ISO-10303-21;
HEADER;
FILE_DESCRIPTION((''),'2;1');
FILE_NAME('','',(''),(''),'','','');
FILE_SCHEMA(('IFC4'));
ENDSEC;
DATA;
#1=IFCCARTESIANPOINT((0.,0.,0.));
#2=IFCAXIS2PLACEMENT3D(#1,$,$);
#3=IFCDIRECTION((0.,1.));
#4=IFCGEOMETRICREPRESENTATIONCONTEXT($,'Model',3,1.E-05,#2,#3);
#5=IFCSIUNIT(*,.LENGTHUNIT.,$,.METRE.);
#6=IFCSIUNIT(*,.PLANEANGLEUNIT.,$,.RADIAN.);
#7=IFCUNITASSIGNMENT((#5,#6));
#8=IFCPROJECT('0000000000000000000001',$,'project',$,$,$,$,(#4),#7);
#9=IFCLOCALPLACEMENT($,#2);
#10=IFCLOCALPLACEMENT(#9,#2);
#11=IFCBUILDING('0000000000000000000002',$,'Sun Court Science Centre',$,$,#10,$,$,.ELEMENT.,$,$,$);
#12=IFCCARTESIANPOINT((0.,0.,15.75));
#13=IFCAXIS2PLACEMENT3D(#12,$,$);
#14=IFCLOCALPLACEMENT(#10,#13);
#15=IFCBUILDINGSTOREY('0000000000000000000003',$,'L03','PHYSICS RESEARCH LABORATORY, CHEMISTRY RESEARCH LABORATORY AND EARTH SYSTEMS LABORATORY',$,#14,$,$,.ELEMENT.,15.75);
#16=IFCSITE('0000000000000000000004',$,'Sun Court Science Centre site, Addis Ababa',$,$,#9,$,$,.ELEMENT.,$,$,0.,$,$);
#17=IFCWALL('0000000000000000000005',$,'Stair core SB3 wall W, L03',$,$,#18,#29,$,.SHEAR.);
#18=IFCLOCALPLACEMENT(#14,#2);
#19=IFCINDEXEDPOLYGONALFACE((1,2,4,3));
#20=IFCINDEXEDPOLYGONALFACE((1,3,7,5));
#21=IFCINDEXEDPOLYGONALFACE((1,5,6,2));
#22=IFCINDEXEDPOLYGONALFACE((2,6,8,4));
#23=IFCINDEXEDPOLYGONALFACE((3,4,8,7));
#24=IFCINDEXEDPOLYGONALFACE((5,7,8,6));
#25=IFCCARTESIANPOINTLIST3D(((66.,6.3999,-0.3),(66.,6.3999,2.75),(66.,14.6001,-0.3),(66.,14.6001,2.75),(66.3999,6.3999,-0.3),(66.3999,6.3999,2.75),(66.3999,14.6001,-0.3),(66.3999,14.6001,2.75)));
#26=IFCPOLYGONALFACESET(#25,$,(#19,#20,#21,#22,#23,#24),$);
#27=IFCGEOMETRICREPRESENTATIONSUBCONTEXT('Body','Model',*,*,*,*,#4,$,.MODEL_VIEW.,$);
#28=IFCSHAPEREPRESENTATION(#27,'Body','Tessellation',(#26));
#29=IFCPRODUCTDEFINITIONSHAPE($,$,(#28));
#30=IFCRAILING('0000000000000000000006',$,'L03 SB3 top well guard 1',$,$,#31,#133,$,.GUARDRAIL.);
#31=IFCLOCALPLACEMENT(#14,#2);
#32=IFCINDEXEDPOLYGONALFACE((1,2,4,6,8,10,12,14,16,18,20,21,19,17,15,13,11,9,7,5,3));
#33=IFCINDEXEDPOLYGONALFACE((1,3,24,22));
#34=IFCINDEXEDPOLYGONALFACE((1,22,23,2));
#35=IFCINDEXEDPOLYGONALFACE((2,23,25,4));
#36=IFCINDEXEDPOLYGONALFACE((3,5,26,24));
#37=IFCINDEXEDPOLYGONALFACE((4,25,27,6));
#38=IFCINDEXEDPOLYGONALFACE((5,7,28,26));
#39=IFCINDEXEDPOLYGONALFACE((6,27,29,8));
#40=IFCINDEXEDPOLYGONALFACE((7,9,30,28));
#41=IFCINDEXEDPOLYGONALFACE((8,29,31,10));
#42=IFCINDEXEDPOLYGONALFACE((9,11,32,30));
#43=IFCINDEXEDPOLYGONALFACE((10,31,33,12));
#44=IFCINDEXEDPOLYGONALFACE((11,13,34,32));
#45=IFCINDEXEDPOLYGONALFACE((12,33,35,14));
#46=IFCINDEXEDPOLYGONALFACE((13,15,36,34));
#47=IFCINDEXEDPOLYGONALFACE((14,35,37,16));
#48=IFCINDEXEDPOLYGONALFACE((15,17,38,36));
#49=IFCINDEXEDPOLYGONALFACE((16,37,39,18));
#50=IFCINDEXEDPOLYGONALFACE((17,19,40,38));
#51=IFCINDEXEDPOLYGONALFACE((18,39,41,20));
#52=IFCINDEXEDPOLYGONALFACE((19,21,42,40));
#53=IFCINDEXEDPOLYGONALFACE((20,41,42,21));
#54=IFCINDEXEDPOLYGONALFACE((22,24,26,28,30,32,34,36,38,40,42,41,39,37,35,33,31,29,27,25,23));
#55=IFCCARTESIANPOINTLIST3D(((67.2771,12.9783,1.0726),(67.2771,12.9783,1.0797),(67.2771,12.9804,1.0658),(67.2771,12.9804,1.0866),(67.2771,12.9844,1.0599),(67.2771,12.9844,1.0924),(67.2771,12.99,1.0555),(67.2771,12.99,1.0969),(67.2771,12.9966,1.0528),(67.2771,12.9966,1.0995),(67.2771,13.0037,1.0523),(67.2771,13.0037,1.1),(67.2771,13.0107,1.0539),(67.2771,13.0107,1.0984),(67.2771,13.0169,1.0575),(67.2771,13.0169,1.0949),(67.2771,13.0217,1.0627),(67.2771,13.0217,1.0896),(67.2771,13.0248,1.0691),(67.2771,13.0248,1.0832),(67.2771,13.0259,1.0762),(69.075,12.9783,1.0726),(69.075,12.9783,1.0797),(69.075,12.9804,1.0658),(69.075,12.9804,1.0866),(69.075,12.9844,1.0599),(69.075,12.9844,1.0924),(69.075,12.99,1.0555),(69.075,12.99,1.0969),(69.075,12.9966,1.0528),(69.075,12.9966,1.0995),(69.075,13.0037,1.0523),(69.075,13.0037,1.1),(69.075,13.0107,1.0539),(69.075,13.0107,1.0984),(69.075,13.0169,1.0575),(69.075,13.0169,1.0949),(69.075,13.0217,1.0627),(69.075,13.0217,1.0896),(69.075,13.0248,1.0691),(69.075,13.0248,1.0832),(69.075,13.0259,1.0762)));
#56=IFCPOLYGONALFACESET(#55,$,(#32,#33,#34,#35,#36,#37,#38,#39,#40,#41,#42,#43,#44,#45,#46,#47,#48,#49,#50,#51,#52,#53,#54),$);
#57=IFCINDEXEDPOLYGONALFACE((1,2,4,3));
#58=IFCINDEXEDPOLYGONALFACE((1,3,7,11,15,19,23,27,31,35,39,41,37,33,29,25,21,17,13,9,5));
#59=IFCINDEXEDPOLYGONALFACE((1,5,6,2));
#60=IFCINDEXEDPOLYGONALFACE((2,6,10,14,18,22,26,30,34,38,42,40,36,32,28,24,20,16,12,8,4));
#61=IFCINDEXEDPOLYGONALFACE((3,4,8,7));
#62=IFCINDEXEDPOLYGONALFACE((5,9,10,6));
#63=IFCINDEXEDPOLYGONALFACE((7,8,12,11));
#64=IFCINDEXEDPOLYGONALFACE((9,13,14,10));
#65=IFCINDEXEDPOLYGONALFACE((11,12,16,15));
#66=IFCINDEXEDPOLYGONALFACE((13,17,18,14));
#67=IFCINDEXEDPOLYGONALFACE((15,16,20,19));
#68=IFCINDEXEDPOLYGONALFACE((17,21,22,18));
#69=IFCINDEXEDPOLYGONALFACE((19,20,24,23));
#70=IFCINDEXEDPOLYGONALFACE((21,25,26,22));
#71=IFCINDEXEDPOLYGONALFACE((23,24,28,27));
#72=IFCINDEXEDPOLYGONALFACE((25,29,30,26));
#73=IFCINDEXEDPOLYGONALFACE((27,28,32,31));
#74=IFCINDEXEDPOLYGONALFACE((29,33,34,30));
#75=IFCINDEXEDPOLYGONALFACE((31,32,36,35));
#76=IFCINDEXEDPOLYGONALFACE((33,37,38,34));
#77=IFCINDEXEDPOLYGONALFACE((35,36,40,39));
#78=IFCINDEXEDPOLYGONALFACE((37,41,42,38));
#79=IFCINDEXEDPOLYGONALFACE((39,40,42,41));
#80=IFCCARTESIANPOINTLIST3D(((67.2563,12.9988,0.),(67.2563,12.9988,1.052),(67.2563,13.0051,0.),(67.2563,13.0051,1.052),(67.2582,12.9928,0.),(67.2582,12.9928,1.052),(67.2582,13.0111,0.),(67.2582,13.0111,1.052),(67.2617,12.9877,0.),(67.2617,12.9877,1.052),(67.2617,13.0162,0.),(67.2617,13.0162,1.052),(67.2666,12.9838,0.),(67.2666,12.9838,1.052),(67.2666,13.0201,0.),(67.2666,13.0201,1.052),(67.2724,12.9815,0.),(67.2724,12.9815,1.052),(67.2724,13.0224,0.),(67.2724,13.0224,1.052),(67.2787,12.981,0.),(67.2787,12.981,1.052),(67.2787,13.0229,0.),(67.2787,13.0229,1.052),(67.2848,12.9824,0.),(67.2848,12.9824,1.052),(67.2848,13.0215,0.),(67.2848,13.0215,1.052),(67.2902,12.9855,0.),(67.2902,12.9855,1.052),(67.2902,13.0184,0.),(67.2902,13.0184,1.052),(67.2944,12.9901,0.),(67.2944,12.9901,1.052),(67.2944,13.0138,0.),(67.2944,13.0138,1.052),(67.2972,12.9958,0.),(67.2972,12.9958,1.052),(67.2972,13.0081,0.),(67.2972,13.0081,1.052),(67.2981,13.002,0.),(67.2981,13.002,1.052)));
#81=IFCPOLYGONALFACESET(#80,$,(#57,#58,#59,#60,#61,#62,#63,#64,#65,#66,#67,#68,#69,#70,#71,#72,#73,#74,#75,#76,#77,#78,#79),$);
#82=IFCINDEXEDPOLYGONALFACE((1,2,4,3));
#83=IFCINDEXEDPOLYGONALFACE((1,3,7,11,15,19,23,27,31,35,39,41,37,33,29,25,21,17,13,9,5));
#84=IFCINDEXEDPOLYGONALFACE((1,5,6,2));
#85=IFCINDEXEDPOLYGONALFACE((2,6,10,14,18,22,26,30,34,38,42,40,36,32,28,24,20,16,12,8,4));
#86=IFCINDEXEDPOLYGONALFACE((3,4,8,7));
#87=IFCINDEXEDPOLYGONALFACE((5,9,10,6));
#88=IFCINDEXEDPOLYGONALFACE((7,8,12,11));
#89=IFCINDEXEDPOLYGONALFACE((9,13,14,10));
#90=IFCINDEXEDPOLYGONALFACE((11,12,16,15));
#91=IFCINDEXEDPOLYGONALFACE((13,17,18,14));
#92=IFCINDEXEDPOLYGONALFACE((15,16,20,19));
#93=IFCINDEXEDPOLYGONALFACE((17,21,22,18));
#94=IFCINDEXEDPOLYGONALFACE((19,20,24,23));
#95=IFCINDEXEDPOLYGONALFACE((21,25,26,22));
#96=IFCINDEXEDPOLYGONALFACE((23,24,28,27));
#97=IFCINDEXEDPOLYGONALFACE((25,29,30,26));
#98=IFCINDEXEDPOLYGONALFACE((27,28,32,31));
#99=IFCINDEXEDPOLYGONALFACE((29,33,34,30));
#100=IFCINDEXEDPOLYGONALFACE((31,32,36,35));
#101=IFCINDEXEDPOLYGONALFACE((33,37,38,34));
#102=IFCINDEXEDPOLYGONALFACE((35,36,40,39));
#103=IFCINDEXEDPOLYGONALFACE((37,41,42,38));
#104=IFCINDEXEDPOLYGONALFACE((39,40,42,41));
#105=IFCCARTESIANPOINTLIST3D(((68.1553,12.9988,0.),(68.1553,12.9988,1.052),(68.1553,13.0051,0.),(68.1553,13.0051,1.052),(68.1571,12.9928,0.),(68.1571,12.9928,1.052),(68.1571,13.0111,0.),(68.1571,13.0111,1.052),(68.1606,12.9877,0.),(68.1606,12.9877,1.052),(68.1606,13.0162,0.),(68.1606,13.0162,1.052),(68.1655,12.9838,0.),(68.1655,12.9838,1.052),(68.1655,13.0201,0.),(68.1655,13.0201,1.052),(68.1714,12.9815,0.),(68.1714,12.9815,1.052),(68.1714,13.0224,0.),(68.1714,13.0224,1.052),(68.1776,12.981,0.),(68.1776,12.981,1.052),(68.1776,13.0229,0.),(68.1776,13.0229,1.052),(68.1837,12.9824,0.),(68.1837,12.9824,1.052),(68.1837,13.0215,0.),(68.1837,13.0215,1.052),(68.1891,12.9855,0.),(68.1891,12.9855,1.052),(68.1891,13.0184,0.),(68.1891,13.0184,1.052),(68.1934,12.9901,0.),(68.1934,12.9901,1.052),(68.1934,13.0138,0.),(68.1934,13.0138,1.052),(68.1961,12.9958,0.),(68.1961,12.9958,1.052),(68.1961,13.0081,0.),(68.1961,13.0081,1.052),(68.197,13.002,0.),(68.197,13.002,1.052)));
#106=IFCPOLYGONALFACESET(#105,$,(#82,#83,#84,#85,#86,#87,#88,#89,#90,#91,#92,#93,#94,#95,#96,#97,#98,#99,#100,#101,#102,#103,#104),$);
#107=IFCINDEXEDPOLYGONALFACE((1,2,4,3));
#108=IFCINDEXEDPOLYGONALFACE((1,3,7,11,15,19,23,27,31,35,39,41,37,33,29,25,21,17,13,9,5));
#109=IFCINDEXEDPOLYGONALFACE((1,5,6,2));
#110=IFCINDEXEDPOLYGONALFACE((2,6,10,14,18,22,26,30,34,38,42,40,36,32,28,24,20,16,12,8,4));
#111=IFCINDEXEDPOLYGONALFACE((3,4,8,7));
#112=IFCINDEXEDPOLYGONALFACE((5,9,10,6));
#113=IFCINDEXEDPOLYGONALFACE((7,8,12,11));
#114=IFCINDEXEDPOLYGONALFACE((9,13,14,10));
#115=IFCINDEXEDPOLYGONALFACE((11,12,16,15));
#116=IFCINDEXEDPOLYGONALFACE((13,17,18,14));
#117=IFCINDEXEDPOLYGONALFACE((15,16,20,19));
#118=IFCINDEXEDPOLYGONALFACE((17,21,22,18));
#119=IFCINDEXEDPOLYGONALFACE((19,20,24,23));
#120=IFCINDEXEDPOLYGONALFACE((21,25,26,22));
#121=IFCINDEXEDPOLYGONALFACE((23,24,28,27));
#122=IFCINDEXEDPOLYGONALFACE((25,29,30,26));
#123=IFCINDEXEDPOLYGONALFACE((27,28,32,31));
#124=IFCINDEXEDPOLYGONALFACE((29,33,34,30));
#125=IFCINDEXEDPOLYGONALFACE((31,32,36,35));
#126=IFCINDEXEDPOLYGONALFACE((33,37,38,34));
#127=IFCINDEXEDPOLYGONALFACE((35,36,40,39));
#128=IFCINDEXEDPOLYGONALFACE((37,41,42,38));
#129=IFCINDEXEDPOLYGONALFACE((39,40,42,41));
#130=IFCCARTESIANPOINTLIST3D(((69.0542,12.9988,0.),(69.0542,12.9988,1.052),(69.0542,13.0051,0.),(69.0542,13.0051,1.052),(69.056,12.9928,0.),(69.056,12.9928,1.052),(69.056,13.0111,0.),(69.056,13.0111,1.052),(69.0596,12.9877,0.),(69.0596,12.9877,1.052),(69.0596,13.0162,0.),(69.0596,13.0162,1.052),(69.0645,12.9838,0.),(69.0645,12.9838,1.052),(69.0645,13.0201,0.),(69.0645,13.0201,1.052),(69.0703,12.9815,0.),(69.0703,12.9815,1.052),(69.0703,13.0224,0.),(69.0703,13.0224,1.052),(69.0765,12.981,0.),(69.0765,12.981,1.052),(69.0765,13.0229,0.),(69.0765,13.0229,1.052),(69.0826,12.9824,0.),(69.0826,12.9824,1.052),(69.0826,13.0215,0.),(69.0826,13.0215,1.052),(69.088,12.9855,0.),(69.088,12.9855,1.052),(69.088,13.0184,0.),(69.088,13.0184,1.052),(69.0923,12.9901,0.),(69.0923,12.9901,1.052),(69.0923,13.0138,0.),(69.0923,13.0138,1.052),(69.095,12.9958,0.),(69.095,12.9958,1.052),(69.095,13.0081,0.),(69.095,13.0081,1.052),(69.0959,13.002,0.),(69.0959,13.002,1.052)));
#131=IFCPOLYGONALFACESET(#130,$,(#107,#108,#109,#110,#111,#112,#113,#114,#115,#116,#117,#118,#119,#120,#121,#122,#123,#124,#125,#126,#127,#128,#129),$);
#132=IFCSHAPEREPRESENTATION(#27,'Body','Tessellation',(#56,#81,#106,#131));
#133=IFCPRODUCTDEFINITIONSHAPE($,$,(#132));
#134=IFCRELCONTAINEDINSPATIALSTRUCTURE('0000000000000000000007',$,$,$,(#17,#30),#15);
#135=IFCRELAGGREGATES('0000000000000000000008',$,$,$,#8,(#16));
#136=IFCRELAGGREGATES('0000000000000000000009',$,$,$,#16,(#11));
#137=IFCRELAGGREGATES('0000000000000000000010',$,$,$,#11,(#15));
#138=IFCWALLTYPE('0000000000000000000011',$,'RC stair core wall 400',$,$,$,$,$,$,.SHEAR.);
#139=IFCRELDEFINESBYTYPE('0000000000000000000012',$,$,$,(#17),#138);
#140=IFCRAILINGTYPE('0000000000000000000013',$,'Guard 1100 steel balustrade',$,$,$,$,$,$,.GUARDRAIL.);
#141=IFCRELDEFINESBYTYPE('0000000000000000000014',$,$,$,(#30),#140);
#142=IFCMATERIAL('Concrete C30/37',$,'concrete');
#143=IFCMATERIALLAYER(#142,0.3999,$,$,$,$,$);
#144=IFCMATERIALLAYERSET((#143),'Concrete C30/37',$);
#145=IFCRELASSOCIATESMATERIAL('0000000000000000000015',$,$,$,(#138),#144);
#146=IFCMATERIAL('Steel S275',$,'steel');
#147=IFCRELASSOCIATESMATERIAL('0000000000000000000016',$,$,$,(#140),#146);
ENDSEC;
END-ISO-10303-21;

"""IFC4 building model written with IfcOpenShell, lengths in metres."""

from ifc_helpers import new_model, si_unit, direction, frame, frame_2d, origin, origin_2d, place, context, subcontext, project, spatial, rectangle, circle, extrude, material, layer, layer_set, type_object, element, save


model = new_model("IFC4")

# Units and contexts
model_context = context("Model", 3, precision=1e-05, world=origin(), true_north=direction((0.0, 1.0)))
body_context = subcontext(model_context, "Body", "Model", "MODEL_VIEW")
ifc_project = project(units=[si_unit("LENGTHUNIT", "METRE"), si_unit("PLANEANGLEUNIT", "RADIAN")], contexts=[model_context])

# Site, building, storey
site_placement = place(None, origin())
site = spatial("IfcSite", under=ifc_project, at=site_placement, Name="Sun Court Science Centre site, Addis Ababa", CompositionType="ELEMENT", RefElevation=0.0)
building_placement = place(site_placement, origin())
building = spatial("IfcBuilding", under=site, at=building_placement, Name="Sun Court Science Centre", CompositionType="ELEMENT")
storey_placement = place(building_placement, frame((0.0, 0.0, 15.75)))
storey = spatial("IfcBuildingStorey", under=building, at=storey_placement, Name="L03", Description="PHYSICS RESEARCH LABORATORY, CHEMISTRY RESEARCH LABORATORY AND EARTH SYSTEMS LABORATORY", CompositionType="ELEMENT", Elevation=15.75)

# Shared definitions
ifc_material_1 = material(Name="Concrete C30/37", Category="concrete")
ifc_layer_1 = layer(ifc_material_1, 0.3999)
ifc_layer_set_1 = layer_set([ifc_layer_1], Name="Concrete C30/37")
wall_type_1 = type_object("IfcWallType", Name="RC stair core wall 400", PredefinedType="SHEAR", material=ifc_layer_set_1)

# Wall
wall_1_placement = place(storey_placement, frame((66.2, 6.3999, -0.3), z_axis=(0.0, 0.0, 1.0), x_axis=(0.0, 1.0, 0.0)))
element("IfcWall", 1, at=wall_1_placement, inside=storey, type_object=wall_type_1, Name="Stair core SB3 wall W, L03", PredefinedType="SHEAR", context=body_context, shape_type="SweptSolid", body=[
    extrude(rectangle(XDim=8.2002, YDim=0.3999, at=frame_2d((4.1001, 0.0))), origin(), (0.0, 0.0, 1.0), 3.05),
])

# Railing
ifc_material_2 = material(Name="Steel S275", Category="steel")
railing_type = type_object("IfcRailingType", Name="Guard 1100 steel balustrade", PredefinedType="GUARDRAIL", material=ifc_material_2)
railing_1_placement = place(storey_placement, frame((67.2771, 13.002, 0.0)))
element("IfcRailing", 2, at=railing_1_placement, inside=storey, type_object=railing_type, Name="L03 SB3 top well guard 1", PredefinedType="GUARDRAIL", context=body_context, shape_type="SweptSolid", body=[
    extrude(circle(Radius=0.0239, at=origin_2d()), frame((0.0, 0.0, 1.0762), z_axis=(1.0, 0.0, 0.0), x_axis=(0.0, 1.0, 0.0)), (0.0, 0.0, 1.0), 1.7979),
    extrude(circle(Radius=0.021, at=origin_2d()), origin(), (0.0, 0.0, 1.0), 1.052),
    extrude(circle(Radius=0.021, at=origin_2d()), frame((0.8989, 0.0, 0.0)), (0.0, 0.0, 1.0), 1.052),
    extrude(circle(Radius=0.021, at=origin_2d()), frame((1.7979, 0.0, 0.0)), (0.0, 0.0, 1.0), 1.052),
])

save(model, "model.ifc")
